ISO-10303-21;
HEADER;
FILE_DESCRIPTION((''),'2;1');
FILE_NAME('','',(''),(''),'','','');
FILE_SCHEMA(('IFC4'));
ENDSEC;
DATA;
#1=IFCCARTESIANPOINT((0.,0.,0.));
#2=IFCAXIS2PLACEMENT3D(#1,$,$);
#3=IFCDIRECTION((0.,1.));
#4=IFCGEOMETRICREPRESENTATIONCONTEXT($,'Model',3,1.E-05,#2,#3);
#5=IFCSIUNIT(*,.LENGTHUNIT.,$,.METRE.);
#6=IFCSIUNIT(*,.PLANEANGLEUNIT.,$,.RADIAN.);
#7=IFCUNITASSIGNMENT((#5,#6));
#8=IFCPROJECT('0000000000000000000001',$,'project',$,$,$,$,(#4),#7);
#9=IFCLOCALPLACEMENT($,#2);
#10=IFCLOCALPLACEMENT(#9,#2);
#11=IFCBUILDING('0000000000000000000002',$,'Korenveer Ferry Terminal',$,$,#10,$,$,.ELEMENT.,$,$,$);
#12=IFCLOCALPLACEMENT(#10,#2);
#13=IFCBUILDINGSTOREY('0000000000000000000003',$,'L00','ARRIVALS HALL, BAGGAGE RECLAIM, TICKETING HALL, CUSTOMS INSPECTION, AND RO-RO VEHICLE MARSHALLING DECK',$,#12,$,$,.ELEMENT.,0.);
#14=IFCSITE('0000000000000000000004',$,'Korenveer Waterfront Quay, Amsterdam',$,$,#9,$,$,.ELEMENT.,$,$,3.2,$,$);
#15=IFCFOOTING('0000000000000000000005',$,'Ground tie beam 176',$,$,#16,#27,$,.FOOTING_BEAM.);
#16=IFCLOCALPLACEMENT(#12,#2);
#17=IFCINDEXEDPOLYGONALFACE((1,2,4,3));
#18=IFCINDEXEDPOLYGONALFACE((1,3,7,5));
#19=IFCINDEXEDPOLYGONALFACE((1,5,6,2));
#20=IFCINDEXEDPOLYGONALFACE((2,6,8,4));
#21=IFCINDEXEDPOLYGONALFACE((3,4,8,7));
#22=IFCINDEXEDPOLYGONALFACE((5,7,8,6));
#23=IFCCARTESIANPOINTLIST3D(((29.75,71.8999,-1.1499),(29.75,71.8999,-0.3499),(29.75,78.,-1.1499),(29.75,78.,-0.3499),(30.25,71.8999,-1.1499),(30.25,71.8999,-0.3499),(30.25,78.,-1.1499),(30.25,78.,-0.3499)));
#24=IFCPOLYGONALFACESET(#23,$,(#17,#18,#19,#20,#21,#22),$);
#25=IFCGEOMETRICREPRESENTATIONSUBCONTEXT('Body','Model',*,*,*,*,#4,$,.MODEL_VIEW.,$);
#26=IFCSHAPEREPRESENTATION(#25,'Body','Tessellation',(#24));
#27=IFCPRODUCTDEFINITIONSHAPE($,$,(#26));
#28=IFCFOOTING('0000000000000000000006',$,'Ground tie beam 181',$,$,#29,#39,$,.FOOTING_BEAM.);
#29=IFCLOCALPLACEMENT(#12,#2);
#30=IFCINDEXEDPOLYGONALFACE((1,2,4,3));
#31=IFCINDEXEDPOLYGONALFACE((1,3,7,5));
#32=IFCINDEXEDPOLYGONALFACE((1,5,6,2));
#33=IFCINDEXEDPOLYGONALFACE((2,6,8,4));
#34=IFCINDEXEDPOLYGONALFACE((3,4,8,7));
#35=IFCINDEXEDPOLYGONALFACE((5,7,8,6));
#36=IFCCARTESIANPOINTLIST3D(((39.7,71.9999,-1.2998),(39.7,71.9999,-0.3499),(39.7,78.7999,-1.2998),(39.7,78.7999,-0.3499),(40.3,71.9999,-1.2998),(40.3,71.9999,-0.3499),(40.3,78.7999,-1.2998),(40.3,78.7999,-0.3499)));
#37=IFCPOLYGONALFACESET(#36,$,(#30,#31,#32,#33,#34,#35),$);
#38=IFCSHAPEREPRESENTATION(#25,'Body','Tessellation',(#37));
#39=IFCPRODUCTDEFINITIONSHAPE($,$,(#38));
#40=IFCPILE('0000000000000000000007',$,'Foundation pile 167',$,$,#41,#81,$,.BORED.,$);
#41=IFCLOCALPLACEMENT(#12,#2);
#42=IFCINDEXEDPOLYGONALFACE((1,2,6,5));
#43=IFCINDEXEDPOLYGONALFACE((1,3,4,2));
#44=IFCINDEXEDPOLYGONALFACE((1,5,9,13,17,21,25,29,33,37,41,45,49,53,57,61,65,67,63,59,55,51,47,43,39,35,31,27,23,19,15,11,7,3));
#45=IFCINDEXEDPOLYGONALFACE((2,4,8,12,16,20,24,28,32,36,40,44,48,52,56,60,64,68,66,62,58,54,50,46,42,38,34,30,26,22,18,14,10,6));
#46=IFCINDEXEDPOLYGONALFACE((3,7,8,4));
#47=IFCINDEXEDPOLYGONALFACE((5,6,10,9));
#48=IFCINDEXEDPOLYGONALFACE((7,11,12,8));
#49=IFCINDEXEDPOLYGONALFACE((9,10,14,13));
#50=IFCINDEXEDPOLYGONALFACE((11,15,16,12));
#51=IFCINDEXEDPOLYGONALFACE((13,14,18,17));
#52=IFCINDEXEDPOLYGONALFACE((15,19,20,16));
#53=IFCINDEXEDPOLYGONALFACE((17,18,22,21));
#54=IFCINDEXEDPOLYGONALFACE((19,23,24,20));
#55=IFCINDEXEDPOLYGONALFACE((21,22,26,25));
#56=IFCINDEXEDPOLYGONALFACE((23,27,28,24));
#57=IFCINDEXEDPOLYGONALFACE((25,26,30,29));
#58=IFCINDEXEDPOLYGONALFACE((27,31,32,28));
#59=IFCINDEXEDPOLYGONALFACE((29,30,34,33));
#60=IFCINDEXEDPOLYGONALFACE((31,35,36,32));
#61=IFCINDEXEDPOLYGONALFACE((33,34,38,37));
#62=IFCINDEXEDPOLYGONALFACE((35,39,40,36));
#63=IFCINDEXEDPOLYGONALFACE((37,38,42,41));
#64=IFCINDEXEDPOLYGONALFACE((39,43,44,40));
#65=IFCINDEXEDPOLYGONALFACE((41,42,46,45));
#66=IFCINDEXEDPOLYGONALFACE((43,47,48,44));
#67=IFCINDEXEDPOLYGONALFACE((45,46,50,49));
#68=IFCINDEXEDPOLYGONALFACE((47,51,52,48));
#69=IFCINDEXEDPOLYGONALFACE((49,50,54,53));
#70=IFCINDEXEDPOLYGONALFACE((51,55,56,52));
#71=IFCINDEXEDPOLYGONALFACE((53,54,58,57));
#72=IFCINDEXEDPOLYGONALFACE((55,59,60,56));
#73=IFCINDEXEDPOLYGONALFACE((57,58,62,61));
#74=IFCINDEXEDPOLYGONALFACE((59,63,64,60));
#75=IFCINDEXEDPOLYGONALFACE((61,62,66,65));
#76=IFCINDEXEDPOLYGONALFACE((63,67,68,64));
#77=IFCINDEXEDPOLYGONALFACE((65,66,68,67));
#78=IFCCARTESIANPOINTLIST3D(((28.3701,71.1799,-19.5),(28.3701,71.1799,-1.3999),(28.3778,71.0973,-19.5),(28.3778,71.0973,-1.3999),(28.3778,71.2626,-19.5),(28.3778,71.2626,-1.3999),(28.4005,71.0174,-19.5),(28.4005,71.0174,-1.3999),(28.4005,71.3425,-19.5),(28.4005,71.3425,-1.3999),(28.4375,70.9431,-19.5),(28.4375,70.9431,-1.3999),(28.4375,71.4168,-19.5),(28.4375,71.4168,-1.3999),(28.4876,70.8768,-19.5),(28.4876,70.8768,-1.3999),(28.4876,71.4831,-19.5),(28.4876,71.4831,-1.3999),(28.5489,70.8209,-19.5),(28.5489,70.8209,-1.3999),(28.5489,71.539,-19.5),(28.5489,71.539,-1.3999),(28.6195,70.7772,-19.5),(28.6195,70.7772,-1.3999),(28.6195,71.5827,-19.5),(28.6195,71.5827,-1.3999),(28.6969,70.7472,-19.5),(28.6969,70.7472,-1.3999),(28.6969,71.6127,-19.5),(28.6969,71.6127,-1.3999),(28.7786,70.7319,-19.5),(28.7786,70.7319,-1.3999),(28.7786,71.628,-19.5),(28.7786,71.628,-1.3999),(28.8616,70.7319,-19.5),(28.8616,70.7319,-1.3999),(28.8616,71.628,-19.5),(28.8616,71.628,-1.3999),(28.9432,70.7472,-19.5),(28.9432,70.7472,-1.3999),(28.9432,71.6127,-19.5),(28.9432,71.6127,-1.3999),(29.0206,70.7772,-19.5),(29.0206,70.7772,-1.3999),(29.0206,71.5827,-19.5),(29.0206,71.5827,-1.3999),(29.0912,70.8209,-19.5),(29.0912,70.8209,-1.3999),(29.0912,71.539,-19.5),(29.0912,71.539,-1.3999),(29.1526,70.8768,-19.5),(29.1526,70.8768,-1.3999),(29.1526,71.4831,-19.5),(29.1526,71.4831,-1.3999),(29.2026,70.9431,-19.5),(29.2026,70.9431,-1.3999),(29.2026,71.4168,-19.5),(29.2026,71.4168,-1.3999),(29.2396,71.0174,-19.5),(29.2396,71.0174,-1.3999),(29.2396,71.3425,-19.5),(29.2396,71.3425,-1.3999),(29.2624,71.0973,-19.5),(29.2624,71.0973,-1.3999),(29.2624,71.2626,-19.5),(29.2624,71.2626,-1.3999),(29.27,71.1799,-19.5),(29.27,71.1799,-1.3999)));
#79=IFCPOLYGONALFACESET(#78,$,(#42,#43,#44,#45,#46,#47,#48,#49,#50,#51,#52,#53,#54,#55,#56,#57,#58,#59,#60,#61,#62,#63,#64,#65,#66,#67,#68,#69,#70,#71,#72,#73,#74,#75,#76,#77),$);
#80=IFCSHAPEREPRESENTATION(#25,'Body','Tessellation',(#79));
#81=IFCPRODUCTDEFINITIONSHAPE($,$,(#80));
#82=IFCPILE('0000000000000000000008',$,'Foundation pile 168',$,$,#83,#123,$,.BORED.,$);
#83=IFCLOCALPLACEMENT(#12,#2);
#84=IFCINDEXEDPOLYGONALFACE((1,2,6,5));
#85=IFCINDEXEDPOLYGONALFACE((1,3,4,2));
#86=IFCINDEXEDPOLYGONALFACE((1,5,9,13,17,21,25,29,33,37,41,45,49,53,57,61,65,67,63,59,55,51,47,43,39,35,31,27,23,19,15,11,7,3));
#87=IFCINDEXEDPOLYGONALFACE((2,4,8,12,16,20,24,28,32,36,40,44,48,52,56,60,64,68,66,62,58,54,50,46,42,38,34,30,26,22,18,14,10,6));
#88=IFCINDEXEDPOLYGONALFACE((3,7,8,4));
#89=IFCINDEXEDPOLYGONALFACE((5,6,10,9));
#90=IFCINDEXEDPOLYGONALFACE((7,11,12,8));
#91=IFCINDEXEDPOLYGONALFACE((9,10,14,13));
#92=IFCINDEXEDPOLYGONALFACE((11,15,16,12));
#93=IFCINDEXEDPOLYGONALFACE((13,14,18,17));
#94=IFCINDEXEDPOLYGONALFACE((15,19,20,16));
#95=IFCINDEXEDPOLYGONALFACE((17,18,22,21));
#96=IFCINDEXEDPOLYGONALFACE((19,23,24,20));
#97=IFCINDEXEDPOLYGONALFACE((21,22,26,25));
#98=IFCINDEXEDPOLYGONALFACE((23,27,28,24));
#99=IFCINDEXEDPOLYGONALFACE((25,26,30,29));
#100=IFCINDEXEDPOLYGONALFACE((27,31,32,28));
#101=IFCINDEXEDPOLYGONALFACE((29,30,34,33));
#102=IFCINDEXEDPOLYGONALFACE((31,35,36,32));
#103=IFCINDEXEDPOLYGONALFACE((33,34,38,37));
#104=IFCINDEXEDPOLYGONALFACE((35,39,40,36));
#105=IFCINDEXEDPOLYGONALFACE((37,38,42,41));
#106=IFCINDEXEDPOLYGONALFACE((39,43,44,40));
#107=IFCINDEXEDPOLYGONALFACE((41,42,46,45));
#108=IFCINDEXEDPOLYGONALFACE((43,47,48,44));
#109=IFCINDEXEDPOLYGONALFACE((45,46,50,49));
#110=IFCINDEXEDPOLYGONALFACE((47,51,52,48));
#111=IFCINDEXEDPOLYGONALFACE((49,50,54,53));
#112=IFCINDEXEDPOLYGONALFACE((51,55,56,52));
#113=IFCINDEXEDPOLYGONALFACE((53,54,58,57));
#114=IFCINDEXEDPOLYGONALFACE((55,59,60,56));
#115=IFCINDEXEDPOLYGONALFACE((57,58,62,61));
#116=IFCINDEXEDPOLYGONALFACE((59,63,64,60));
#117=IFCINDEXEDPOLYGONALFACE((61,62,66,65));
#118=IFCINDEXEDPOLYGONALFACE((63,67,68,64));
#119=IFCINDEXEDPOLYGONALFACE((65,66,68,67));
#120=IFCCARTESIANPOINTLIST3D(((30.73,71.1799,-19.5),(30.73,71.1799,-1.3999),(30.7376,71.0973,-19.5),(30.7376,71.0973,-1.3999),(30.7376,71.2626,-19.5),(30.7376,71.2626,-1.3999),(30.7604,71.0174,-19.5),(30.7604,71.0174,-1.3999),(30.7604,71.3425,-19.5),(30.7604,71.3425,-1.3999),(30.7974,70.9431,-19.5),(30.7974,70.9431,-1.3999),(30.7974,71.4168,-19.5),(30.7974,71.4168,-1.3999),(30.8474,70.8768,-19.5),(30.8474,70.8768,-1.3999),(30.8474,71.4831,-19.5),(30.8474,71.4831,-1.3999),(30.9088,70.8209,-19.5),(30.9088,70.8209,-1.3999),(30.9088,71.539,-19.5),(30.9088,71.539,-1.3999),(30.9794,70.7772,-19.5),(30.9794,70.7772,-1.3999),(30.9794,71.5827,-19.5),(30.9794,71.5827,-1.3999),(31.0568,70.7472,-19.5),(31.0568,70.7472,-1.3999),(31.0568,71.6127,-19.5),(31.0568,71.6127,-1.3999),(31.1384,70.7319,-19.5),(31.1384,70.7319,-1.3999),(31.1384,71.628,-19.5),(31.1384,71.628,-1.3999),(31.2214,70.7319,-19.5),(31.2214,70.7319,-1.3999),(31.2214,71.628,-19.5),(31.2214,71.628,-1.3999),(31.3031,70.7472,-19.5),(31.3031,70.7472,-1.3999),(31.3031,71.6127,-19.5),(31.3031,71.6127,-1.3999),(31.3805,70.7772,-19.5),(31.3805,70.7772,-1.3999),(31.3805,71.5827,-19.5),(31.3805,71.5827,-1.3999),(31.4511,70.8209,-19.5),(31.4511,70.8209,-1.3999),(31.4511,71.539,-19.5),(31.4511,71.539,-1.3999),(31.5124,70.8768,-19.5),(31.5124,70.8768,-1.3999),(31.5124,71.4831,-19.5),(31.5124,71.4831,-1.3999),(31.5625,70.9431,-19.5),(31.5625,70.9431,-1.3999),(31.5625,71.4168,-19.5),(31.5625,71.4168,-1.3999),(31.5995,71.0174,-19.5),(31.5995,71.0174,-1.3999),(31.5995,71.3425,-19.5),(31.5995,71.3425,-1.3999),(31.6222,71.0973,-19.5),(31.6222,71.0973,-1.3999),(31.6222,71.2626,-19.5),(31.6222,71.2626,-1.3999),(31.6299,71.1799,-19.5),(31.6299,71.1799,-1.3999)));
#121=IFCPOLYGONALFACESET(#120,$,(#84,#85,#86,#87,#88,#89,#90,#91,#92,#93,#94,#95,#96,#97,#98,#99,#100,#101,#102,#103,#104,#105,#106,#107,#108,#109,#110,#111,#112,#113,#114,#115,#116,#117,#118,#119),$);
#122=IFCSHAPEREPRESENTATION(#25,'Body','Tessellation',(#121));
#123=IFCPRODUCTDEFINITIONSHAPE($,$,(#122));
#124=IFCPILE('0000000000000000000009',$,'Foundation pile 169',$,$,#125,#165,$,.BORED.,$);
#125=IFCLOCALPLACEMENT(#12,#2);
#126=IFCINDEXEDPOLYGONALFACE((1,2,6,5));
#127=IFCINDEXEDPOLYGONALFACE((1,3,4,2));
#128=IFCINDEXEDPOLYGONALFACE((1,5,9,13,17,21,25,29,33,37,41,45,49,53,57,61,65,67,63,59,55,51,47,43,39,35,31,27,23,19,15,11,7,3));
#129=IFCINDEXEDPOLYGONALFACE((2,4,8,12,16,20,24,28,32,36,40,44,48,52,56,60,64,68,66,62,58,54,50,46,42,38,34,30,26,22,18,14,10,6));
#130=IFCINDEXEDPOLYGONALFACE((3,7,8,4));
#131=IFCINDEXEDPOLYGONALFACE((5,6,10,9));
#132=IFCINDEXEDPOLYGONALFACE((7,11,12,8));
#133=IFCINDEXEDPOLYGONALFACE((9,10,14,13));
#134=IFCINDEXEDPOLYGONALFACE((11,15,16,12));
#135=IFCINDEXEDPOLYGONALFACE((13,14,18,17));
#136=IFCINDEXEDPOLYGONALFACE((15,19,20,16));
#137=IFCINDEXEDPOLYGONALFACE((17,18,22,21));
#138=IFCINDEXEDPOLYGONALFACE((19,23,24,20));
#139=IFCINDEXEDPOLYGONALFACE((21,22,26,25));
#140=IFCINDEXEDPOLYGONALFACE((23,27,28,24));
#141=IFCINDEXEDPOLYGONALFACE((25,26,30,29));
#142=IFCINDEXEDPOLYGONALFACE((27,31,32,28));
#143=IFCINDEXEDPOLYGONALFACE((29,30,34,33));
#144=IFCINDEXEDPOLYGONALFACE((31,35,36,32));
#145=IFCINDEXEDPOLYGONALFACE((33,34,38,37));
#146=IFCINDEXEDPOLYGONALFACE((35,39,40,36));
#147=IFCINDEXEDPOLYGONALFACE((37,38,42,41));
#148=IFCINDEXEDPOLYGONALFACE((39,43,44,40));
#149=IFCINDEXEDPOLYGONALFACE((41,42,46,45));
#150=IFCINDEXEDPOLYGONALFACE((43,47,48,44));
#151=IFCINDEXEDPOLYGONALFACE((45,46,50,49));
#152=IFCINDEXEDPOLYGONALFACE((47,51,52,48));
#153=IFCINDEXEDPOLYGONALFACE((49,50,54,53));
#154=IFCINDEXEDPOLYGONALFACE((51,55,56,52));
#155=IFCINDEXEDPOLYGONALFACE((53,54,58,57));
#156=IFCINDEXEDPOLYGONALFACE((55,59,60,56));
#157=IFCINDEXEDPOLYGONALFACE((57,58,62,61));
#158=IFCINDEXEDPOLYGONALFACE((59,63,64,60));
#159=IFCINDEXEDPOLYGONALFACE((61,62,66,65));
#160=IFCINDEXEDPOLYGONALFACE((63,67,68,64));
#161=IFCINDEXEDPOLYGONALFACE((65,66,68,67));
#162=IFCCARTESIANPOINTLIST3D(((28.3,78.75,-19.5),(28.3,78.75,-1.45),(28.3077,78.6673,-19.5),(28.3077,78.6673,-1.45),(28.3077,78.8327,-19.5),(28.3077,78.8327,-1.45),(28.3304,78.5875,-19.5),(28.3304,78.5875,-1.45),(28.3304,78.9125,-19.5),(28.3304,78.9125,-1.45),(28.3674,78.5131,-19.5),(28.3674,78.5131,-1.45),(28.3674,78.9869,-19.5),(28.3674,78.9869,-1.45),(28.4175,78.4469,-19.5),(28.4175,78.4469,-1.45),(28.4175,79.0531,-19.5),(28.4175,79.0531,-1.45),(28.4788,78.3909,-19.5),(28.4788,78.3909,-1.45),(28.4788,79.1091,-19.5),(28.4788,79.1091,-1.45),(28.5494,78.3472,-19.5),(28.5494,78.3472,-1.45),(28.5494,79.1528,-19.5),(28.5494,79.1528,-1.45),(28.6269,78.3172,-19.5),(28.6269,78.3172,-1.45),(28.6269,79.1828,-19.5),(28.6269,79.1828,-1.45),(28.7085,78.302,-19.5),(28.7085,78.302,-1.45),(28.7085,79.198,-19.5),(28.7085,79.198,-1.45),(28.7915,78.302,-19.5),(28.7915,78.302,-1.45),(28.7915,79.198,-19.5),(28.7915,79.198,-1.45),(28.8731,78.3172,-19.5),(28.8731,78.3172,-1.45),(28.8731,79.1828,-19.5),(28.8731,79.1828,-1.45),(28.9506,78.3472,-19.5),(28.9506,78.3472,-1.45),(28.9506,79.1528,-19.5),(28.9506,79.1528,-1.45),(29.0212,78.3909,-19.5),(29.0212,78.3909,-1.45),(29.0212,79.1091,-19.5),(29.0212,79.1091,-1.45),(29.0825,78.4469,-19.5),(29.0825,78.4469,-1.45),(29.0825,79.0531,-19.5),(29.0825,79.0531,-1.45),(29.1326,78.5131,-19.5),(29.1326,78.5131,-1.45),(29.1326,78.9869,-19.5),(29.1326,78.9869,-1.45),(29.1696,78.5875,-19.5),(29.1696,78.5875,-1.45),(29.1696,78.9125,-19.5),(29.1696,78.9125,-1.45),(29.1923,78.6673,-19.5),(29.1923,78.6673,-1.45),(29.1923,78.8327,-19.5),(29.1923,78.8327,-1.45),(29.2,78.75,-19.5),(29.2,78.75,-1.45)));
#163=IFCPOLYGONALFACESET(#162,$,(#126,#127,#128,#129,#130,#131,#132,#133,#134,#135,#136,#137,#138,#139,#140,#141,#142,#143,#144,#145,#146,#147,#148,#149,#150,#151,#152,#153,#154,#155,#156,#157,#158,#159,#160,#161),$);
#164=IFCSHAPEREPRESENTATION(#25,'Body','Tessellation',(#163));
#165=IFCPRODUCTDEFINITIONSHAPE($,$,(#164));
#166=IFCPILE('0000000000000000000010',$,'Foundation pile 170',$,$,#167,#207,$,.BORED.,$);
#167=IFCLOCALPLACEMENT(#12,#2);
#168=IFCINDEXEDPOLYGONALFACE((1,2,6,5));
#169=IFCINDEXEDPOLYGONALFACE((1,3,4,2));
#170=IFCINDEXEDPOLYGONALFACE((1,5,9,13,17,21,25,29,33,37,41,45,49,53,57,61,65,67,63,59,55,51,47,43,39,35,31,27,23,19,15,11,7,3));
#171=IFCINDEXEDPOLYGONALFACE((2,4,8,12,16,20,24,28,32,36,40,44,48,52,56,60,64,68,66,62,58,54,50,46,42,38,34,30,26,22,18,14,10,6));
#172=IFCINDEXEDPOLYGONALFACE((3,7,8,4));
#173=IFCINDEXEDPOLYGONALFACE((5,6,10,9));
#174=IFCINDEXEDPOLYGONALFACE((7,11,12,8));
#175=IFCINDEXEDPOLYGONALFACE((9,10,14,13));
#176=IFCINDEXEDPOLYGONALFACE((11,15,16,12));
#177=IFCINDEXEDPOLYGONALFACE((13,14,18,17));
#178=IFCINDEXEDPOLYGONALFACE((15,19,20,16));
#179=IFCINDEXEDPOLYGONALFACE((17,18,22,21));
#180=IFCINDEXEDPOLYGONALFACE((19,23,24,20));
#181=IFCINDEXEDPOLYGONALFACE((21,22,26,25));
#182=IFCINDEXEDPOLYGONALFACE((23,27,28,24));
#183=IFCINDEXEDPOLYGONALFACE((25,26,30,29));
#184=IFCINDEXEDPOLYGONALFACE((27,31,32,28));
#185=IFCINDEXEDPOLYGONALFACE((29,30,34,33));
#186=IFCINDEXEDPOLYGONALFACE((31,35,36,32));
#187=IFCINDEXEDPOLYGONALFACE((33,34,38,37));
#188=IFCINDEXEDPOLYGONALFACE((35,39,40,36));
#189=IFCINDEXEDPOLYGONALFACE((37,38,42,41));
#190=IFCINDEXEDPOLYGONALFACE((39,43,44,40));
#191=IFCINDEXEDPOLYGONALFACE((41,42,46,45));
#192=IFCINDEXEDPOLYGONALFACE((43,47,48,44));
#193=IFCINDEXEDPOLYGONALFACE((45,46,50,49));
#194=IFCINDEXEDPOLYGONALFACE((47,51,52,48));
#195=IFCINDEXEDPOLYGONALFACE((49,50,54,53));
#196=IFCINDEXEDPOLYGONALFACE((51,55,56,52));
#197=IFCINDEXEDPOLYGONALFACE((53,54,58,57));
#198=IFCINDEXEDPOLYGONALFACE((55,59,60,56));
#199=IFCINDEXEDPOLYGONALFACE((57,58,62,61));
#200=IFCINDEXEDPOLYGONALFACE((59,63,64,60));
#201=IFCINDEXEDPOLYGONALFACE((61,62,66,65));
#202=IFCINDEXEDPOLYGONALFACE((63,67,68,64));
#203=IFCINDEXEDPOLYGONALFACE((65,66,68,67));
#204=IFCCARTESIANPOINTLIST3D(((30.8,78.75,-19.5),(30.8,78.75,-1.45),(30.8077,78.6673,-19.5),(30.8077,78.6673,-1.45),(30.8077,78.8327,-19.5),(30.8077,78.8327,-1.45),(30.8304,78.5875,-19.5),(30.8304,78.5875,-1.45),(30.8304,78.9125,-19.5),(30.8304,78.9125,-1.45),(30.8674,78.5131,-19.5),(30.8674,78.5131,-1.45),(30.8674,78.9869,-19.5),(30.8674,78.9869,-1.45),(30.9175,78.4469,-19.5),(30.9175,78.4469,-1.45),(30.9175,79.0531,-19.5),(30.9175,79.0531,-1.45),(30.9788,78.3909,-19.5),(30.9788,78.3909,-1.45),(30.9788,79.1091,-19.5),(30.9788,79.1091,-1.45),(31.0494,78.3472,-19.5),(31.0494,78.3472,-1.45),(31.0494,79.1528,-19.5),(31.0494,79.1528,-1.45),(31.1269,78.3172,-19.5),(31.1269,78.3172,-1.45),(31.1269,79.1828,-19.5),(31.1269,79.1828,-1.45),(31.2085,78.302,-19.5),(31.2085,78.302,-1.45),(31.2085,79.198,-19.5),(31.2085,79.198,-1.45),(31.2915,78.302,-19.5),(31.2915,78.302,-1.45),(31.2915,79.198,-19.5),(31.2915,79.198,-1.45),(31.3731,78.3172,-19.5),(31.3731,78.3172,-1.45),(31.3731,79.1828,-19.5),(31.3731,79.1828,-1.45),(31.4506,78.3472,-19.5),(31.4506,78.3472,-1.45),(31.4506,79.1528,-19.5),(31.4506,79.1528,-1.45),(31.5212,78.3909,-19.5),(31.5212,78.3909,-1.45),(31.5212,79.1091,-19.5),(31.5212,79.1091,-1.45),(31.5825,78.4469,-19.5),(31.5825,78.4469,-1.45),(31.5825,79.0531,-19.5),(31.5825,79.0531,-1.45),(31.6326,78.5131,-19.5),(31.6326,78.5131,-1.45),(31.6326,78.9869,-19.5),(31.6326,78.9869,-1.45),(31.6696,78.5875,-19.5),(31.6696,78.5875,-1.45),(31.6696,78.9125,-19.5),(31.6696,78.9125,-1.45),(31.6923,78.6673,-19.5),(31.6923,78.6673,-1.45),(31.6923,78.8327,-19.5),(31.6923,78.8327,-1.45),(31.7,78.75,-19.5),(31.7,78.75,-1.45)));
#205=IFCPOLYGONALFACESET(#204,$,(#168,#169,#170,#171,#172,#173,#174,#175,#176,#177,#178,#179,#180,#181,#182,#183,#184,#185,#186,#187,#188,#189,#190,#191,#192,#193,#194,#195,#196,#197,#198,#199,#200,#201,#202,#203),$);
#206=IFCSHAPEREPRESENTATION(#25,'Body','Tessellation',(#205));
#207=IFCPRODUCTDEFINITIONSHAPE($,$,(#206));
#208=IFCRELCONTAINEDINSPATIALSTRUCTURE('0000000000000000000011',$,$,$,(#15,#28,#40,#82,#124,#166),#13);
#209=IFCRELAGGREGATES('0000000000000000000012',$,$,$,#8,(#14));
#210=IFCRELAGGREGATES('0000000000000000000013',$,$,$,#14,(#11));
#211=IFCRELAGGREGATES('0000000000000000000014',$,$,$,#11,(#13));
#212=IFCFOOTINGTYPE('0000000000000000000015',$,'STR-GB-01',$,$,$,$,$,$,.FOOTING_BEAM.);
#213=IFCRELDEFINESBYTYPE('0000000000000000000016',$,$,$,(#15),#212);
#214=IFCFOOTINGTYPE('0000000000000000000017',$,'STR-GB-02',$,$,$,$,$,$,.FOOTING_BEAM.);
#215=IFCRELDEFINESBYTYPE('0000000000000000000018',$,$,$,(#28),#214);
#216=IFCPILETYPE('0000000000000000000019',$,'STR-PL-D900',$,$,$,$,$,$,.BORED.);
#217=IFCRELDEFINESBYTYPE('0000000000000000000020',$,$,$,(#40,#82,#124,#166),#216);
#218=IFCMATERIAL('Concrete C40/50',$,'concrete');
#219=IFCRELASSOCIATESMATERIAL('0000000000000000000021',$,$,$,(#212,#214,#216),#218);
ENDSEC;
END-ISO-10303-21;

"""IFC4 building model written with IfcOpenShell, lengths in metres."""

from ifc_helpers import new_model, si_unit, direction, frame, origin, origin_2d, place, context, subcontext, project, spatial, rectangle, circle, extrude, material, material_profile, profile_set, type_object, element, save


model = new_model("IFC4")

# Units and contexts
model_context = context("Model", 3, precision=1e-05, world=origin(), true_north=direction((0.0, 1.0)))
body_context = subcontext(model_context, "Body", "Model", "MODEL_VIEW")
ifc_project = project(units=[si_unit("LENGTHUNIT", "METRE"), si_unit("PLANEANGLEUNIT", "RADIAN")], contexts=[model_context])

# Site, building, storey
site_placement = place(None, origin())
site = spatial("IfcSite", under=ifc_project, at=site_placement, Name="Korenveer Waterfront Quay, Amsterdam", CompositionType="ELEMENT", RefElevation=3.2)
building_placement = place(site_placement, origin())
building = spatial("IfcBuilding", under=site, at=building_placement, Name="Korenveer Ferry Terminal", CompositionType="ELEMENT")
storey_placement = place(building_placement, origin())
storey = spatial("IfcBuildingStorey", under=building, at=storey_placement, Name="L00", Description="ARRIVALS HALL, BAGGAGE RECLAIM, TICKETING HALL, CUSTOMS INSPECTION, AND RO-RO VEHICLE MARSHALLING DECK", CompositionType="ELEMENT", Elevation=0.0)

# Footings
ifc_material_1 = material(Name="Concrete C40/50", Category="concrete")
footing_type_1 = type_object("IfcFootingType", Name="STR-GB-01", PredefinedType="FOOTING_BEAM", material=ifc_material_1)
footing_1_placement = place(storey_placement, frame((30.0, 74.95, -1.1499), z_axis=(0.0, 0.0, 1.0), x_axis=(1.0, 0.0, 0.0)))
element("IfcFooting", 1, at=footing_1_placement, inside=storey, type_object=footing_type_1, Name="Ground tie beam 176", PredefinedType="FOOTING_BEAM", context=body_context, shape_type="SweptSolid", body=[
    extrude(rectangle(XDim=0.5, YDim=6.1001, at=origin_2d()), origin(), (0.0, 0.0, 1.0), 0.8),
])
footing_type_2 = type_object("IfcFootingType", Name="STR-GB-02", PredefinedType="FOOTING_BEAM", material=ifc_material_1)
footing_2_placement = place(storey_placement, frame((40.0, 75.3999, -1.2998), z_axis=(0.0, 0.0, 1.0), x_axis=(1.0, 0.0, 0.0)))
element("IfcFooting", 2, at=footing_2_placement, inside=storey, type_object=footing_type_2, Name="Ground tie beam 181", PredefinedType="FOOTING_BEAM", context=body_context, shape_type="SweptSolid", body=[
    extrude(rectangle(XDim=0.6001, YDim=6.8, at=origin_2d()), origin(), (0.0, 0.0, 1.0), 0.95),
])

# Piles
ifc_material_profile_1 = material_profile(ifc_material_1, circle(Radius=0.45, at=origin_2d()), Name="PILE D900")
ifc_profile_set_1 = profile_set([ifc_material_profile_1], Name="Concrete C40/50")
pile_type = type_object("IfcPileType", Name="STR-PL-D900", PredefinedType="BORED", material=ifc_profile_set_1)
for number, where, z_axis, x_axis, name in (
    (3, (28.8201, 71.1799, -1.3999), (0.0, 0.0, -1.0), (1.0, 0.0, 0.0), "Foundation pile 167"),
    (4, (31.1799, 71.1799, -1.3999), (0.0, 0.0, -1.0), (1.0, 0.0, 0.0), "Foundation pile 168"),
):
    element("IfcPile", number, at=place(storey_placement, frame(where, z_axis=z_axis, x_axis=x_axis)), inside=storey, type_object=pile_type, Name=name, PredefinedType="BORED", context=body_context, shape_type="SweptSolid", body=[
        extrude(circle(Radius=0.45, at=origin_2d()), origin(), (0.0, 0.0, 1.0), 18.1001),
    ])
for number, where, z_axis, x_axis, name in (
    (5, (28.75, 78.75, -1.45), (0.0, 0.0, -1.0), (1.0, 0.0, 0.0), "Foundation pile 169"),
    (6, (31.25, 78.75, -1.45), (0.0, 0.0, -1.0), (1.0, 0.0, 0.0), "Foundation pile 170"),
):
    element("IfcPile", number, at=place(storey_placement, frame(where, z_axis=z_axis, x_axis=x_axis)), inside=storey, type_object=pile_type, Name=name, PredefinedType="BORED", context=body_context, shape_type="SweptSolid", body=[
        extrude(circle(Radius=0.45, at=origin_2d()), origin(), (0.0, 0.0, 1.0), 18.05),
    ])

save(model, "model.ifc")
